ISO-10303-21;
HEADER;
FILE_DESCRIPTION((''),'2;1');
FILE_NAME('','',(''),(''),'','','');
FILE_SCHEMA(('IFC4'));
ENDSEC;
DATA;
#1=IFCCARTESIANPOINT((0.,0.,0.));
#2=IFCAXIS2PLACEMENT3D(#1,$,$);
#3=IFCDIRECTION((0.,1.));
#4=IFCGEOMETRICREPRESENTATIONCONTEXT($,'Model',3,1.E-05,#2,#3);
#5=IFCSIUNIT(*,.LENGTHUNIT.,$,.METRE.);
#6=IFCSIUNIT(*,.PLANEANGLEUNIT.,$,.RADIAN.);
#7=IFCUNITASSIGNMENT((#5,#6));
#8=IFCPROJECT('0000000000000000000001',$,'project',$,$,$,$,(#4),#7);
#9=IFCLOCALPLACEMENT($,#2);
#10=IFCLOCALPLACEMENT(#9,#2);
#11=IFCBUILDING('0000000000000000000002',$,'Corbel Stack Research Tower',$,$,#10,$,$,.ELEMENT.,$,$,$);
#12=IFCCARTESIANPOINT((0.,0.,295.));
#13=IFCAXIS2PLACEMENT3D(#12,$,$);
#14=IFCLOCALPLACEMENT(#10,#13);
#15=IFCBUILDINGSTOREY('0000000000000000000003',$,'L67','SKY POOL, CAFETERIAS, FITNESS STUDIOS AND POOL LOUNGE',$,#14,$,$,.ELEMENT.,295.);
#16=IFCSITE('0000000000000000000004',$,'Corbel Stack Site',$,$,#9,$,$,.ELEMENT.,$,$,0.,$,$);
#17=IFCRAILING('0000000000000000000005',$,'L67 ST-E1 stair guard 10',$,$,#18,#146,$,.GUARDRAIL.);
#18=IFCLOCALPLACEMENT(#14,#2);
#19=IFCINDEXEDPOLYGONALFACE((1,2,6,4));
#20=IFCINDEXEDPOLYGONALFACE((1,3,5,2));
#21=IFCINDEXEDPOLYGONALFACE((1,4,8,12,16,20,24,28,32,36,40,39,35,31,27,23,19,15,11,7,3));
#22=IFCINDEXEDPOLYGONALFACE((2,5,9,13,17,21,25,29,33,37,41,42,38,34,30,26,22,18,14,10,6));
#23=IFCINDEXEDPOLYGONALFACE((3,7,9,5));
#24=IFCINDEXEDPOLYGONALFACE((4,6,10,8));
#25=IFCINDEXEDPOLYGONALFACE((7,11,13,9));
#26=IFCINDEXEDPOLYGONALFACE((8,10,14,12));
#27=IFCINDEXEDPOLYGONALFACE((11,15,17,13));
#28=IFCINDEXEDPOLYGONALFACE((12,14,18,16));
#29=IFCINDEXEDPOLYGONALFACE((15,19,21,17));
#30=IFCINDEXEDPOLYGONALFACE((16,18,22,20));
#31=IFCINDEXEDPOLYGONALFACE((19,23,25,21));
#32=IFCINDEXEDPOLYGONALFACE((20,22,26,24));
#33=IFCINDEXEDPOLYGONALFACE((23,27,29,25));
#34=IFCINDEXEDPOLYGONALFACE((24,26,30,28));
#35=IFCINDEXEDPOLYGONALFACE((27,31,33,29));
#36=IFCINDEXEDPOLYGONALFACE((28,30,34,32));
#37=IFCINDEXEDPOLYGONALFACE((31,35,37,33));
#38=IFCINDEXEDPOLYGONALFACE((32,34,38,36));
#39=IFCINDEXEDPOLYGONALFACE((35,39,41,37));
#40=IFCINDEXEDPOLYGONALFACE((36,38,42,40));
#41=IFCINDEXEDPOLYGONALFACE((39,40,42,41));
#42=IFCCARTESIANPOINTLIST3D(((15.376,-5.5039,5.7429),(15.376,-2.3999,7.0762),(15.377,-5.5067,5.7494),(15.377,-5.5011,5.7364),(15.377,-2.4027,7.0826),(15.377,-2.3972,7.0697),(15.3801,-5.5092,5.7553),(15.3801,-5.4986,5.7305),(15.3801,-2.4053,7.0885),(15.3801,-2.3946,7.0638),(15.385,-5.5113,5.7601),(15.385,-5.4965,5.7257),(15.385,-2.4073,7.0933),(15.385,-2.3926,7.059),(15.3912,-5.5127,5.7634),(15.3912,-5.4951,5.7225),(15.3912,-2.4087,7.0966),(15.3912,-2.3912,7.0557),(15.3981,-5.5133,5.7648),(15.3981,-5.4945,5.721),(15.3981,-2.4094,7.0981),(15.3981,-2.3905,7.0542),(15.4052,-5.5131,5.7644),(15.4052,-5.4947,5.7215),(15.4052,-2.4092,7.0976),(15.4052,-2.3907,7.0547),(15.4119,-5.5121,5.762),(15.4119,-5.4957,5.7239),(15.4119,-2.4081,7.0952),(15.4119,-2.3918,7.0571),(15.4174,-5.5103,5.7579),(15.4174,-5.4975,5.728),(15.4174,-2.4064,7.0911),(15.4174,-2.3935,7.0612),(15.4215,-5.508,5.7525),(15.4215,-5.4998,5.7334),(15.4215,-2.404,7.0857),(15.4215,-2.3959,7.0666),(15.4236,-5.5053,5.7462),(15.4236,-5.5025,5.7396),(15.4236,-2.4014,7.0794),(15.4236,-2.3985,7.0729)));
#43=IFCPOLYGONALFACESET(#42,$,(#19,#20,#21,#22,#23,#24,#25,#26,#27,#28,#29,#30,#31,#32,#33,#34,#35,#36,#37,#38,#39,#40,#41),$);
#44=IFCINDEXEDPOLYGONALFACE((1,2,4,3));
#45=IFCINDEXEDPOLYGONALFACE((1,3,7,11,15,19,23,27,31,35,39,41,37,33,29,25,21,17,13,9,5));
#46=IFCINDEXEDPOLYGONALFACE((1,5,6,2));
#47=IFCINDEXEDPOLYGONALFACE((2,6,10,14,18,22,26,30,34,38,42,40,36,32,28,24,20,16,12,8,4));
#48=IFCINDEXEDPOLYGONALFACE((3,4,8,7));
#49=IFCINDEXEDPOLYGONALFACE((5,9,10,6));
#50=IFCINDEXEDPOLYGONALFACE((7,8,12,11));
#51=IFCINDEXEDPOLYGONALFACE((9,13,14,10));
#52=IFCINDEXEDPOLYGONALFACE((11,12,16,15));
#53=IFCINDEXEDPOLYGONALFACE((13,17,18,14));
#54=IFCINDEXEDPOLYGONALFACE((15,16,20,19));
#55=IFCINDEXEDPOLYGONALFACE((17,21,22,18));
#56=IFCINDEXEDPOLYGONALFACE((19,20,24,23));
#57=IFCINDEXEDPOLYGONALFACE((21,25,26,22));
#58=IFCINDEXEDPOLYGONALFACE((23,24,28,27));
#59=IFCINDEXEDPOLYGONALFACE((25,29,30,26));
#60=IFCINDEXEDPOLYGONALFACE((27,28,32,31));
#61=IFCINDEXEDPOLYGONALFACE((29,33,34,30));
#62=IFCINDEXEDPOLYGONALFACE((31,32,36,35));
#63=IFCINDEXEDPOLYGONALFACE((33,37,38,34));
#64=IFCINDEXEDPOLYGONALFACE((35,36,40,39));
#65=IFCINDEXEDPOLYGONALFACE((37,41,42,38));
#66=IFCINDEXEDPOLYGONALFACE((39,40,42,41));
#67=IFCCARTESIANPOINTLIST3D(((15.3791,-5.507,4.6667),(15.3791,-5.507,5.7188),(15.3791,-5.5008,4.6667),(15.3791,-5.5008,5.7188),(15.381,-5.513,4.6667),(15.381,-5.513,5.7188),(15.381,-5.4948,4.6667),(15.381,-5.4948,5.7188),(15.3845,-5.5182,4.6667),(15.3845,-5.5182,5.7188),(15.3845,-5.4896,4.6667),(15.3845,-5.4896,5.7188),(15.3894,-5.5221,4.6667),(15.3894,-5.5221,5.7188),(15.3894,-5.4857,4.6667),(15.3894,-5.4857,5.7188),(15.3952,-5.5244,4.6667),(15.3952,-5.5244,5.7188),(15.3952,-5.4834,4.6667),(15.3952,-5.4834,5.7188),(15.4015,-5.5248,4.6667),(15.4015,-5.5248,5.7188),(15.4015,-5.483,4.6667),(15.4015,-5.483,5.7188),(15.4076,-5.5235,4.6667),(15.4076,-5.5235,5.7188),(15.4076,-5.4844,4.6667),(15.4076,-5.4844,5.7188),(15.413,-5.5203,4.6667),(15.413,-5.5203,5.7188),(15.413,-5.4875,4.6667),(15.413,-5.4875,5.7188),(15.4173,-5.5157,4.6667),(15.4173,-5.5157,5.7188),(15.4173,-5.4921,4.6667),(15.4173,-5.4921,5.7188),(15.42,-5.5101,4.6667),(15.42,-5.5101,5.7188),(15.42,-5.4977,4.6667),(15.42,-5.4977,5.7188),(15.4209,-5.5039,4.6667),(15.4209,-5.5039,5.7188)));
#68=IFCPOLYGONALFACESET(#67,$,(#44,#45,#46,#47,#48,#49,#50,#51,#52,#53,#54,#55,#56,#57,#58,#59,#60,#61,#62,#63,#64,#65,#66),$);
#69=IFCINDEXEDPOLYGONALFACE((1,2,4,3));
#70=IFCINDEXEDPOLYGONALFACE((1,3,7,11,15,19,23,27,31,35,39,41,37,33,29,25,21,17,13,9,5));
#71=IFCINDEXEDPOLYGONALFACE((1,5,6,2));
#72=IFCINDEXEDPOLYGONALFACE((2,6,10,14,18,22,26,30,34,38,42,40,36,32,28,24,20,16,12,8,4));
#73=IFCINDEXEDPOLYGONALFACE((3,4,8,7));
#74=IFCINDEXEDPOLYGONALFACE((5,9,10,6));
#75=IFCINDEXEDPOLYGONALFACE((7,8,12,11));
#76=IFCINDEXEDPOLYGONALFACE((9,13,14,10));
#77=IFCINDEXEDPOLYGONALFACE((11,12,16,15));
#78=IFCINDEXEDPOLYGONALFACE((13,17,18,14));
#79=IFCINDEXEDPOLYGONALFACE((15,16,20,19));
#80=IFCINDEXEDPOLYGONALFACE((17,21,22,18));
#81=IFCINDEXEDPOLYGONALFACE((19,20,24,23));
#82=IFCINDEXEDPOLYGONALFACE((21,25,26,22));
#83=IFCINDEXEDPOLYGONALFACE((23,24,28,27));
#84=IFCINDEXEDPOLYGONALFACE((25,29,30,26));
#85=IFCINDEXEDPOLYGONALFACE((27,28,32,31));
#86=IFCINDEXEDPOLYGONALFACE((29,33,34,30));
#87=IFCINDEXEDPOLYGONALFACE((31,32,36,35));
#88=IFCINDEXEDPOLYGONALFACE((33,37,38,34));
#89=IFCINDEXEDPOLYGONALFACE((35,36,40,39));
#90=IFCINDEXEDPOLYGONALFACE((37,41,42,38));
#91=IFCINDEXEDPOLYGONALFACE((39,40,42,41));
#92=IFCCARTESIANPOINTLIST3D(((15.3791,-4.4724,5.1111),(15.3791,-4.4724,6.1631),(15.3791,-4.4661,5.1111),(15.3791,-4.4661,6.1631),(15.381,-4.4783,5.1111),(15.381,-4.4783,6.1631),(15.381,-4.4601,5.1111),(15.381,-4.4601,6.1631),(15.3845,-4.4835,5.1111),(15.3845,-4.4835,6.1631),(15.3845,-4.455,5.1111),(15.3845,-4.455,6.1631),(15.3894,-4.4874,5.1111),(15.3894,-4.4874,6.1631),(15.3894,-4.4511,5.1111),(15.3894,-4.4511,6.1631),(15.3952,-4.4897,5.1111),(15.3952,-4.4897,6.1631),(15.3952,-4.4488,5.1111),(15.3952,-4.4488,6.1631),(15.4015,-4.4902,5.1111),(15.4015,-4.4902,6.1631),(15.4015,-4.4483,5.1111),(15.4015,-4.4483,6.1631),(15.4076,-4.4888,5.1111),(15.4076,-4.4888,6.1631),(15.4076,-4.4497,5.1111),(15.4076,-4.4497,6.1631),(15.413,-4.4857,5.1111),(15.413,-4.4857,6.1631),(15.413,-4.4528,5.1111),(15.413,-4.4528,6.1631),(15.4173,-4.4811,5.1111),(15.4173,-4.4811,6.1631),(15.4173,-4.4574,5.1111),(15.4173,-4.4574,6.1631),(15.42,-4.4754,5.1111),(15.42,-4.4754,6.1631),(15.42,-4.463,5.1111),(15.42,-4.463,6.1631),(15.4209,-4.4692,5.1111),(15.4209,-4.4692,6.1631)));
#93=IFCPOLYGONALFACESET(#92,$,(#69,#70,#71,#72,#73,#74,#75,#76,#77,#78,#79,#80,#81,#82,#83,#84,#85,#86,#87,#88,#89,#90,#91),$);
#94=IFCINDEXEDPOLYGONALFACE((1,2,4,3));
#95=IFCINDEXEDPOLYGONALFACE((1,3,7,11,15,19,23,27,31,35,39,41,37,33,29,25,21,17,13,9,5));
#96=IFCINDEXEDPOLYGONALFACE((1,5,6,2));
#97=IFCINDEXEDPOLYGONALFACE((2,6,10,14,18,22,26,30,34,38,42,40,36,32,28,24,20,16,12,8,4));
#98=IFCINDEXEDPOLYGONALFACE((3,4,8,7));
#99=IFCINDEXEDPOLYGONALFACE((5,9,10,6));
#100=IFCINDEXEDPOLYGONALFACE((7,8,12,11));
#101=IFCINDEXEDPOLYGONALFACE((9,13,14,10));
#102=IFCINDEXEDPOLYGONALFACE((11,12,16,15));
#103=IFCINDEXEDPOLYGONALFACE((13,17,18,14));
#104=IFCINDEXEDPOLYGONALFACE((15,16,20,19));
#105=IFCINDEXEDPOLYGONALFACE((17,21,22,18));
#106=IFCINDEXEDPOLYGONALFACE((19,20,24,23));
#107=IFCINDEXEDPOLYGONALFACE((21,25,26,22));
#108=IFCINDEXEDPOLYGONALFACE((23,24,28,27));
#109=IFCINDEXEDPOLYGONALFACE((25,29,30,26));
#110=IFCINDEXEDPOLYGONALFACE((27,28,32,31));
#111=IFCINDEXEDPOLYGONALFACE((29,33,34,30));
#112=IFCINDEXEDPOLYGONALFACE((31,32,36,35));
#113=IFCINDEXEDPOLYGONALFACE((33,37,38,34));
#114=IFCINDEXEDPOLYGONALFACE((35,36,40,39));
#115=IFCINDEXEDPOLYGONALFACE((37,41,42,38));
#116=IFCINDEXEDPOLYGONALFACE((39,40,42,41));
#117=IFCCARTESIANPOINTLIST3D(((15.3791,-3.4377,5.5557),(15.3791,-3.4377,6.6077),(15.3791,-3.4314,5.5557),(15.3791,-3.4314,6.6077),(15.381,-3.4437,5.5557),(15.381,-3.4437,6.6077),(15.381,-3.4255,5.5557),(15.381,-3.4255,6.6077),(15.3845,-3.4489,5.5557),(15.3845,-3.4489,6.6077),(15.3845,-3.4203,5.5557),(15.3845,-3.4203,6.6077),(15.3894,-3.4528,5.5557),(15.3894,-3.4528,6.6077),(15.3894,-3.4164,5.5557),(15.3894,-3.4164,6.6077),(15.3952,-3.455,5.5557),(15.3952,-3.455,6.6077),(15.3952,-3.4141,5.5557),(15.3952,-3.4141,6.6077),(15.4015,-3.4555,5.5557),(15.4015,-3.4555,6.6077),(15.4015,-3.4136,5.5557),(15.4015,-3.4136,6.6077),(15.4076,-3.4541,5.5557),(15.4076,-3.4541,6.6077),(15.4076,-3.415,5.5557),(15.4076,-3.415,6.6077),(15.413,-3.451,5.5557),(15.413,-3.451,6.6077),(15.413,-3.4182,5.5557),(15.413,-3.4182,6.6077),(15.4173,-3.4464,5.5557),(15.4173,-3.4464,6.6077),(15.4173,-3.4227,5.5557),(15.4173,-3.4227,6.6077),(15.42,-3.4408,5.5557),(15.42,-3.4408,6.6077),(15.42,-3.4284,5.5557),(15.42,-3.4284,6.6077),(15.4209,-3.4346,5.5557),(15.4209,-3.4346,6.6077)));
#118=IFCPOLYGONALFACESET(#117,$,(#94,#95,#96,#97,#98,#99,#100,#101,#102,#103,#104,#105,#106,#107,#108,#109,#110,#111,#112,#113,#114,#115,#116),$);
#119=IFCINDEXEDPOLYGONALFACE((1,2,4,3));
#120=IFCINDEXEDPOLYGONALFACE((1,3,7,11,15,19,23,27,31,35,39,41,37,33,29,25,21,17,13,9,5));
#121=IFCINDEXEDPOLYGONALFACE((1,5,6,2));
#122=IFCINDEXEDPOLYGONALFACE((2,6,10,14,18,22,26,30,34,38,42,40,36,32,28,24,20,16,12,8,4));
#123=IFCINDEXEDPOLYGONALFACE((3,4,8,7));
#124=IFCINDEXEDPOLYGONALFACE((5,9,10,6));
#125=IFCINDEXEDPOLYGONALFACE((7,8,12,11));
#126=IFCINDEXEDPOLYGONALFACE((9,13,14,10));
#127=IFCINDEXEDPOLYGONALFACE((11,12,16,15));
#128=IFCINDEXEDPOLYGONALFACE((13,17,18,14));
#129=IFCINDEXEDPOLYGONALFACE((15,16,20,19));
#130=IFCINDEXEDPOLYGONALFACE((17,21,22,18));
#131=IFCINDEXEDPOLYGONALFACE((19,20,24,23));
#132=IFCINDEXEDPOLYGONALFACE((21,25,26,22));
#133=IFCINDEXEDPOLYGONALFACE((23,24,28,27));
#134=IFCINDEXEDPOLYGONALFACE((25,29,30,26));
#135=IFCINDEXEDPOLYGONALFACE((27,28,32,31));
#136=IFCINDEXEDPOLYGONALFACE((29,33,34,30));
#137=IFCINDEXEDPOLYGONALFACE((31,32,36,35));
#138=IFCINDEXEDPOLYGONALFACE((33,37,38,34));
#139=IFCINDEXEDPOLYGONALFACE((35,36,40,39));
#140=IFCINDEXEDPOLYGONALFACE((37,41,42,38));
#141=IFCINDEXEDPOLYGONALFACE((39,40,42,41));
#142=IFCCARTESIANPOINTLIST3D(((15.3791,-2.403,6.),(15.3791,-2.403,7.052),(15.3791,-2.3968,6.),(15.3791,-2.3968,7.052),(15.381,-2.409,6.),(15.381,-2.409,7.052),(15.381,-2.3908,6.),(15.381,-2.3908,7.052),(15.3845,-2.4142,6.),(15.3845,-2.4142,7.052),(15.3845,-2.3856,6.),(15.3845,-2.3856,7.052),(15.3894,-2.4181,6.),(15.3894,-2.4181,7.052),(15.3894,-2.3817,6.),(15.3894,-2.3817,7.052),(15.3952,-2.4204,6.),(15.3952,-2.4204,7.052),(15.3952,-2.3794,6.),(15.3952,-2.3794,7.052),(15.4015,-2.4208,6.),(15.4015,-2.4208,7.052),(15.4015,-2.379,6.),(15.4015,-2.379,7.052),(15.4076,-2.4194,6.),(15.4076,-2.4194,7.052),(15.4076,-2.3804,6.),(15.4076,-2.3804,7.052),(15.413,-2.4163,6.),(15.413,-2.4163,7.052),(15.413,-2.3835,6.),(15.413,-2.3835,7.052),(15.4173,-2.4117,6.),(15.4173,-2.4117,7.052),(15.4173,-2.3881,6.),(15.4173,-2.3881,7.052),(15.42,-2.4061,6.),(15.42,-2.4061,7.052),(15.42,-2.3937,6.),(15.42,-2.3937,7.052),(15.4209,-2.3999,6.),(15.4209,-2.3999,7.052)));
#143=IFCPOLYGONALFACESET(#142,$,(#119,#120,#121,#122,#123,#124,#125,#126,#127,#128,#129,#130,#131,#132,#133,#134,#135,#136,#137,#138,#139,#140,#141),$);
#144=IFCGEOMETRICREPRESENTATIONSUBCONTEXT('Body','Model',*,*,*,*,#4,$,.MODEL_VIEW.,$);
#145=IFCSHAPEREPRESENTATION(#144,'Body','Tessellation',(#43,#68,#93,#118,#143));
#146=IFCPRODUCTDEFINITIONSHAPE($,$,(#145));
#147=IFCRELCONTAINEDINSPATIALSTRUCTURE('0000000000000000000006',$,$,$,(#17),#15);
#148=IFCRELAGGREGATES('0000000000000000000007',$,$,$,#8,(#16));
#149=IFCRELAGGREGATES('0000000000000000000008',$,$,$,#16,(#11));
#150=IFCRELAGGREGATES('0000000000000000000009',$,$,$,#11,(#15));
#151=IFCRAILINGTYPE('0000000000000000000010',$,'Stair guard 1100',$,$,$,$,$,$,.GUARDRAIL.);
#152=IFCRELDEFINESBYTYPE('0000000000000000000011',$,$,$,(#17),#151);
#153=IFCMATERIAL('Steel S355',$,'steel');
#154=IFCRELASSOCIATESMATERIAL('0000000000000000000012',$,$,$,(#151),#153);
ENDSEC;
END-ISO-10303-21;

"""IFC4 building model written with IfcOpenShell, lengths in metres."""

from ifc_helpers import new_model, si_unit, direction, frame, origin, origin_2d, place, context, subcontext, project, spatial, circle, extrude, material, type_object, element, save


model = new_model("IFC4")

# Units and contexts
model_context = context("Model", 3, precision=1e-05, world=origin(), true_north=direction((0.0, 1.0)))
body_context = subcontext(model_context, "Body", "Model", "MODEL_VIEW")
ifc_project = project(units=[si_unit("LENGTHUNIT", "METRE"), si_unit("PLANEANGLEUNIT", "RADIAN")], contexts=[model_context])

# Site, building, storey
site_placement = place(None, origin())
site = spatial("IfcSite", under=ifc_project, at=site_placement, Name="Corbel Stack Site", CompositionType="ELEMENT", RefElevation=0.0)
building_placement = place(site_placement, origin())
building = spatial("IfcBuilding", under=site, at=building_placement, Name="Corbel Stack Research Tower", CompositionType="ELEMENT")
storey_placement = place(building_placement, frame((0.0, 0.0, 295.0)))
storey = spatial("IfcBuildingStorey", under=building, at=storey_placement, Name="L67", Description="SKY POOL, CAFETERIAS, FITNESS STUDIOS AND POOL LOUNGE", CompositionType="ELEMENT", Elevation=295.0)

# Railing
ifc_material_1 = material(Name="Steel S355", Category="steel")
railing_type_1 = type_object("IfcRailingType", Name="Stair guard 1100", PredefinedType="GUARDRAIL", material=ifc_material_1)
railing_1_placement = place(storey_placement, frame((15.3999, -5.5039, 4.6667)))
element("IfcRailing", 1, at=railing_1_placement, inside=storey, type_object=railing_type_1, Name="L67 ST-E1 stair guard 10", PredefinedType="GUARDRAIL", context=body_context, shape_type="SweptSolid", body=[
    extrude(circle(Radius=0.0239, at=origin_2d()), frame((0.0, 0.0, 1.0762), z_axis=(0.0, 0.918827, 0.394661), x_axis=(-1.0, 0.0, 0.0)), (0.0, 0.0, 1.0), 3.3782),
    extrude(circle(Radius=0.021, at=origin_2d()), origin(), (0.0, 0.0, 1.0), 1.052),
    extrude(circle(Radius=0.021, at=origin_2d()), frame((0.0, 1.0347, 0.4443)), (0.0, 0.0, 1.0), 1.052),
    extrude(circle(Radius=0.021, at=origin_2d()), frame((0.0, 2.0693, 0.8889)), (0.0, 0.0, 1.0), 1.052),
    extrude(circle(Radius=0.021, at=origin_2d()), frame((0.0, 3.104, 1.3333)), (0.0, 0.0, 1.0), 1.052),
])

save(model, "model.ifc")
